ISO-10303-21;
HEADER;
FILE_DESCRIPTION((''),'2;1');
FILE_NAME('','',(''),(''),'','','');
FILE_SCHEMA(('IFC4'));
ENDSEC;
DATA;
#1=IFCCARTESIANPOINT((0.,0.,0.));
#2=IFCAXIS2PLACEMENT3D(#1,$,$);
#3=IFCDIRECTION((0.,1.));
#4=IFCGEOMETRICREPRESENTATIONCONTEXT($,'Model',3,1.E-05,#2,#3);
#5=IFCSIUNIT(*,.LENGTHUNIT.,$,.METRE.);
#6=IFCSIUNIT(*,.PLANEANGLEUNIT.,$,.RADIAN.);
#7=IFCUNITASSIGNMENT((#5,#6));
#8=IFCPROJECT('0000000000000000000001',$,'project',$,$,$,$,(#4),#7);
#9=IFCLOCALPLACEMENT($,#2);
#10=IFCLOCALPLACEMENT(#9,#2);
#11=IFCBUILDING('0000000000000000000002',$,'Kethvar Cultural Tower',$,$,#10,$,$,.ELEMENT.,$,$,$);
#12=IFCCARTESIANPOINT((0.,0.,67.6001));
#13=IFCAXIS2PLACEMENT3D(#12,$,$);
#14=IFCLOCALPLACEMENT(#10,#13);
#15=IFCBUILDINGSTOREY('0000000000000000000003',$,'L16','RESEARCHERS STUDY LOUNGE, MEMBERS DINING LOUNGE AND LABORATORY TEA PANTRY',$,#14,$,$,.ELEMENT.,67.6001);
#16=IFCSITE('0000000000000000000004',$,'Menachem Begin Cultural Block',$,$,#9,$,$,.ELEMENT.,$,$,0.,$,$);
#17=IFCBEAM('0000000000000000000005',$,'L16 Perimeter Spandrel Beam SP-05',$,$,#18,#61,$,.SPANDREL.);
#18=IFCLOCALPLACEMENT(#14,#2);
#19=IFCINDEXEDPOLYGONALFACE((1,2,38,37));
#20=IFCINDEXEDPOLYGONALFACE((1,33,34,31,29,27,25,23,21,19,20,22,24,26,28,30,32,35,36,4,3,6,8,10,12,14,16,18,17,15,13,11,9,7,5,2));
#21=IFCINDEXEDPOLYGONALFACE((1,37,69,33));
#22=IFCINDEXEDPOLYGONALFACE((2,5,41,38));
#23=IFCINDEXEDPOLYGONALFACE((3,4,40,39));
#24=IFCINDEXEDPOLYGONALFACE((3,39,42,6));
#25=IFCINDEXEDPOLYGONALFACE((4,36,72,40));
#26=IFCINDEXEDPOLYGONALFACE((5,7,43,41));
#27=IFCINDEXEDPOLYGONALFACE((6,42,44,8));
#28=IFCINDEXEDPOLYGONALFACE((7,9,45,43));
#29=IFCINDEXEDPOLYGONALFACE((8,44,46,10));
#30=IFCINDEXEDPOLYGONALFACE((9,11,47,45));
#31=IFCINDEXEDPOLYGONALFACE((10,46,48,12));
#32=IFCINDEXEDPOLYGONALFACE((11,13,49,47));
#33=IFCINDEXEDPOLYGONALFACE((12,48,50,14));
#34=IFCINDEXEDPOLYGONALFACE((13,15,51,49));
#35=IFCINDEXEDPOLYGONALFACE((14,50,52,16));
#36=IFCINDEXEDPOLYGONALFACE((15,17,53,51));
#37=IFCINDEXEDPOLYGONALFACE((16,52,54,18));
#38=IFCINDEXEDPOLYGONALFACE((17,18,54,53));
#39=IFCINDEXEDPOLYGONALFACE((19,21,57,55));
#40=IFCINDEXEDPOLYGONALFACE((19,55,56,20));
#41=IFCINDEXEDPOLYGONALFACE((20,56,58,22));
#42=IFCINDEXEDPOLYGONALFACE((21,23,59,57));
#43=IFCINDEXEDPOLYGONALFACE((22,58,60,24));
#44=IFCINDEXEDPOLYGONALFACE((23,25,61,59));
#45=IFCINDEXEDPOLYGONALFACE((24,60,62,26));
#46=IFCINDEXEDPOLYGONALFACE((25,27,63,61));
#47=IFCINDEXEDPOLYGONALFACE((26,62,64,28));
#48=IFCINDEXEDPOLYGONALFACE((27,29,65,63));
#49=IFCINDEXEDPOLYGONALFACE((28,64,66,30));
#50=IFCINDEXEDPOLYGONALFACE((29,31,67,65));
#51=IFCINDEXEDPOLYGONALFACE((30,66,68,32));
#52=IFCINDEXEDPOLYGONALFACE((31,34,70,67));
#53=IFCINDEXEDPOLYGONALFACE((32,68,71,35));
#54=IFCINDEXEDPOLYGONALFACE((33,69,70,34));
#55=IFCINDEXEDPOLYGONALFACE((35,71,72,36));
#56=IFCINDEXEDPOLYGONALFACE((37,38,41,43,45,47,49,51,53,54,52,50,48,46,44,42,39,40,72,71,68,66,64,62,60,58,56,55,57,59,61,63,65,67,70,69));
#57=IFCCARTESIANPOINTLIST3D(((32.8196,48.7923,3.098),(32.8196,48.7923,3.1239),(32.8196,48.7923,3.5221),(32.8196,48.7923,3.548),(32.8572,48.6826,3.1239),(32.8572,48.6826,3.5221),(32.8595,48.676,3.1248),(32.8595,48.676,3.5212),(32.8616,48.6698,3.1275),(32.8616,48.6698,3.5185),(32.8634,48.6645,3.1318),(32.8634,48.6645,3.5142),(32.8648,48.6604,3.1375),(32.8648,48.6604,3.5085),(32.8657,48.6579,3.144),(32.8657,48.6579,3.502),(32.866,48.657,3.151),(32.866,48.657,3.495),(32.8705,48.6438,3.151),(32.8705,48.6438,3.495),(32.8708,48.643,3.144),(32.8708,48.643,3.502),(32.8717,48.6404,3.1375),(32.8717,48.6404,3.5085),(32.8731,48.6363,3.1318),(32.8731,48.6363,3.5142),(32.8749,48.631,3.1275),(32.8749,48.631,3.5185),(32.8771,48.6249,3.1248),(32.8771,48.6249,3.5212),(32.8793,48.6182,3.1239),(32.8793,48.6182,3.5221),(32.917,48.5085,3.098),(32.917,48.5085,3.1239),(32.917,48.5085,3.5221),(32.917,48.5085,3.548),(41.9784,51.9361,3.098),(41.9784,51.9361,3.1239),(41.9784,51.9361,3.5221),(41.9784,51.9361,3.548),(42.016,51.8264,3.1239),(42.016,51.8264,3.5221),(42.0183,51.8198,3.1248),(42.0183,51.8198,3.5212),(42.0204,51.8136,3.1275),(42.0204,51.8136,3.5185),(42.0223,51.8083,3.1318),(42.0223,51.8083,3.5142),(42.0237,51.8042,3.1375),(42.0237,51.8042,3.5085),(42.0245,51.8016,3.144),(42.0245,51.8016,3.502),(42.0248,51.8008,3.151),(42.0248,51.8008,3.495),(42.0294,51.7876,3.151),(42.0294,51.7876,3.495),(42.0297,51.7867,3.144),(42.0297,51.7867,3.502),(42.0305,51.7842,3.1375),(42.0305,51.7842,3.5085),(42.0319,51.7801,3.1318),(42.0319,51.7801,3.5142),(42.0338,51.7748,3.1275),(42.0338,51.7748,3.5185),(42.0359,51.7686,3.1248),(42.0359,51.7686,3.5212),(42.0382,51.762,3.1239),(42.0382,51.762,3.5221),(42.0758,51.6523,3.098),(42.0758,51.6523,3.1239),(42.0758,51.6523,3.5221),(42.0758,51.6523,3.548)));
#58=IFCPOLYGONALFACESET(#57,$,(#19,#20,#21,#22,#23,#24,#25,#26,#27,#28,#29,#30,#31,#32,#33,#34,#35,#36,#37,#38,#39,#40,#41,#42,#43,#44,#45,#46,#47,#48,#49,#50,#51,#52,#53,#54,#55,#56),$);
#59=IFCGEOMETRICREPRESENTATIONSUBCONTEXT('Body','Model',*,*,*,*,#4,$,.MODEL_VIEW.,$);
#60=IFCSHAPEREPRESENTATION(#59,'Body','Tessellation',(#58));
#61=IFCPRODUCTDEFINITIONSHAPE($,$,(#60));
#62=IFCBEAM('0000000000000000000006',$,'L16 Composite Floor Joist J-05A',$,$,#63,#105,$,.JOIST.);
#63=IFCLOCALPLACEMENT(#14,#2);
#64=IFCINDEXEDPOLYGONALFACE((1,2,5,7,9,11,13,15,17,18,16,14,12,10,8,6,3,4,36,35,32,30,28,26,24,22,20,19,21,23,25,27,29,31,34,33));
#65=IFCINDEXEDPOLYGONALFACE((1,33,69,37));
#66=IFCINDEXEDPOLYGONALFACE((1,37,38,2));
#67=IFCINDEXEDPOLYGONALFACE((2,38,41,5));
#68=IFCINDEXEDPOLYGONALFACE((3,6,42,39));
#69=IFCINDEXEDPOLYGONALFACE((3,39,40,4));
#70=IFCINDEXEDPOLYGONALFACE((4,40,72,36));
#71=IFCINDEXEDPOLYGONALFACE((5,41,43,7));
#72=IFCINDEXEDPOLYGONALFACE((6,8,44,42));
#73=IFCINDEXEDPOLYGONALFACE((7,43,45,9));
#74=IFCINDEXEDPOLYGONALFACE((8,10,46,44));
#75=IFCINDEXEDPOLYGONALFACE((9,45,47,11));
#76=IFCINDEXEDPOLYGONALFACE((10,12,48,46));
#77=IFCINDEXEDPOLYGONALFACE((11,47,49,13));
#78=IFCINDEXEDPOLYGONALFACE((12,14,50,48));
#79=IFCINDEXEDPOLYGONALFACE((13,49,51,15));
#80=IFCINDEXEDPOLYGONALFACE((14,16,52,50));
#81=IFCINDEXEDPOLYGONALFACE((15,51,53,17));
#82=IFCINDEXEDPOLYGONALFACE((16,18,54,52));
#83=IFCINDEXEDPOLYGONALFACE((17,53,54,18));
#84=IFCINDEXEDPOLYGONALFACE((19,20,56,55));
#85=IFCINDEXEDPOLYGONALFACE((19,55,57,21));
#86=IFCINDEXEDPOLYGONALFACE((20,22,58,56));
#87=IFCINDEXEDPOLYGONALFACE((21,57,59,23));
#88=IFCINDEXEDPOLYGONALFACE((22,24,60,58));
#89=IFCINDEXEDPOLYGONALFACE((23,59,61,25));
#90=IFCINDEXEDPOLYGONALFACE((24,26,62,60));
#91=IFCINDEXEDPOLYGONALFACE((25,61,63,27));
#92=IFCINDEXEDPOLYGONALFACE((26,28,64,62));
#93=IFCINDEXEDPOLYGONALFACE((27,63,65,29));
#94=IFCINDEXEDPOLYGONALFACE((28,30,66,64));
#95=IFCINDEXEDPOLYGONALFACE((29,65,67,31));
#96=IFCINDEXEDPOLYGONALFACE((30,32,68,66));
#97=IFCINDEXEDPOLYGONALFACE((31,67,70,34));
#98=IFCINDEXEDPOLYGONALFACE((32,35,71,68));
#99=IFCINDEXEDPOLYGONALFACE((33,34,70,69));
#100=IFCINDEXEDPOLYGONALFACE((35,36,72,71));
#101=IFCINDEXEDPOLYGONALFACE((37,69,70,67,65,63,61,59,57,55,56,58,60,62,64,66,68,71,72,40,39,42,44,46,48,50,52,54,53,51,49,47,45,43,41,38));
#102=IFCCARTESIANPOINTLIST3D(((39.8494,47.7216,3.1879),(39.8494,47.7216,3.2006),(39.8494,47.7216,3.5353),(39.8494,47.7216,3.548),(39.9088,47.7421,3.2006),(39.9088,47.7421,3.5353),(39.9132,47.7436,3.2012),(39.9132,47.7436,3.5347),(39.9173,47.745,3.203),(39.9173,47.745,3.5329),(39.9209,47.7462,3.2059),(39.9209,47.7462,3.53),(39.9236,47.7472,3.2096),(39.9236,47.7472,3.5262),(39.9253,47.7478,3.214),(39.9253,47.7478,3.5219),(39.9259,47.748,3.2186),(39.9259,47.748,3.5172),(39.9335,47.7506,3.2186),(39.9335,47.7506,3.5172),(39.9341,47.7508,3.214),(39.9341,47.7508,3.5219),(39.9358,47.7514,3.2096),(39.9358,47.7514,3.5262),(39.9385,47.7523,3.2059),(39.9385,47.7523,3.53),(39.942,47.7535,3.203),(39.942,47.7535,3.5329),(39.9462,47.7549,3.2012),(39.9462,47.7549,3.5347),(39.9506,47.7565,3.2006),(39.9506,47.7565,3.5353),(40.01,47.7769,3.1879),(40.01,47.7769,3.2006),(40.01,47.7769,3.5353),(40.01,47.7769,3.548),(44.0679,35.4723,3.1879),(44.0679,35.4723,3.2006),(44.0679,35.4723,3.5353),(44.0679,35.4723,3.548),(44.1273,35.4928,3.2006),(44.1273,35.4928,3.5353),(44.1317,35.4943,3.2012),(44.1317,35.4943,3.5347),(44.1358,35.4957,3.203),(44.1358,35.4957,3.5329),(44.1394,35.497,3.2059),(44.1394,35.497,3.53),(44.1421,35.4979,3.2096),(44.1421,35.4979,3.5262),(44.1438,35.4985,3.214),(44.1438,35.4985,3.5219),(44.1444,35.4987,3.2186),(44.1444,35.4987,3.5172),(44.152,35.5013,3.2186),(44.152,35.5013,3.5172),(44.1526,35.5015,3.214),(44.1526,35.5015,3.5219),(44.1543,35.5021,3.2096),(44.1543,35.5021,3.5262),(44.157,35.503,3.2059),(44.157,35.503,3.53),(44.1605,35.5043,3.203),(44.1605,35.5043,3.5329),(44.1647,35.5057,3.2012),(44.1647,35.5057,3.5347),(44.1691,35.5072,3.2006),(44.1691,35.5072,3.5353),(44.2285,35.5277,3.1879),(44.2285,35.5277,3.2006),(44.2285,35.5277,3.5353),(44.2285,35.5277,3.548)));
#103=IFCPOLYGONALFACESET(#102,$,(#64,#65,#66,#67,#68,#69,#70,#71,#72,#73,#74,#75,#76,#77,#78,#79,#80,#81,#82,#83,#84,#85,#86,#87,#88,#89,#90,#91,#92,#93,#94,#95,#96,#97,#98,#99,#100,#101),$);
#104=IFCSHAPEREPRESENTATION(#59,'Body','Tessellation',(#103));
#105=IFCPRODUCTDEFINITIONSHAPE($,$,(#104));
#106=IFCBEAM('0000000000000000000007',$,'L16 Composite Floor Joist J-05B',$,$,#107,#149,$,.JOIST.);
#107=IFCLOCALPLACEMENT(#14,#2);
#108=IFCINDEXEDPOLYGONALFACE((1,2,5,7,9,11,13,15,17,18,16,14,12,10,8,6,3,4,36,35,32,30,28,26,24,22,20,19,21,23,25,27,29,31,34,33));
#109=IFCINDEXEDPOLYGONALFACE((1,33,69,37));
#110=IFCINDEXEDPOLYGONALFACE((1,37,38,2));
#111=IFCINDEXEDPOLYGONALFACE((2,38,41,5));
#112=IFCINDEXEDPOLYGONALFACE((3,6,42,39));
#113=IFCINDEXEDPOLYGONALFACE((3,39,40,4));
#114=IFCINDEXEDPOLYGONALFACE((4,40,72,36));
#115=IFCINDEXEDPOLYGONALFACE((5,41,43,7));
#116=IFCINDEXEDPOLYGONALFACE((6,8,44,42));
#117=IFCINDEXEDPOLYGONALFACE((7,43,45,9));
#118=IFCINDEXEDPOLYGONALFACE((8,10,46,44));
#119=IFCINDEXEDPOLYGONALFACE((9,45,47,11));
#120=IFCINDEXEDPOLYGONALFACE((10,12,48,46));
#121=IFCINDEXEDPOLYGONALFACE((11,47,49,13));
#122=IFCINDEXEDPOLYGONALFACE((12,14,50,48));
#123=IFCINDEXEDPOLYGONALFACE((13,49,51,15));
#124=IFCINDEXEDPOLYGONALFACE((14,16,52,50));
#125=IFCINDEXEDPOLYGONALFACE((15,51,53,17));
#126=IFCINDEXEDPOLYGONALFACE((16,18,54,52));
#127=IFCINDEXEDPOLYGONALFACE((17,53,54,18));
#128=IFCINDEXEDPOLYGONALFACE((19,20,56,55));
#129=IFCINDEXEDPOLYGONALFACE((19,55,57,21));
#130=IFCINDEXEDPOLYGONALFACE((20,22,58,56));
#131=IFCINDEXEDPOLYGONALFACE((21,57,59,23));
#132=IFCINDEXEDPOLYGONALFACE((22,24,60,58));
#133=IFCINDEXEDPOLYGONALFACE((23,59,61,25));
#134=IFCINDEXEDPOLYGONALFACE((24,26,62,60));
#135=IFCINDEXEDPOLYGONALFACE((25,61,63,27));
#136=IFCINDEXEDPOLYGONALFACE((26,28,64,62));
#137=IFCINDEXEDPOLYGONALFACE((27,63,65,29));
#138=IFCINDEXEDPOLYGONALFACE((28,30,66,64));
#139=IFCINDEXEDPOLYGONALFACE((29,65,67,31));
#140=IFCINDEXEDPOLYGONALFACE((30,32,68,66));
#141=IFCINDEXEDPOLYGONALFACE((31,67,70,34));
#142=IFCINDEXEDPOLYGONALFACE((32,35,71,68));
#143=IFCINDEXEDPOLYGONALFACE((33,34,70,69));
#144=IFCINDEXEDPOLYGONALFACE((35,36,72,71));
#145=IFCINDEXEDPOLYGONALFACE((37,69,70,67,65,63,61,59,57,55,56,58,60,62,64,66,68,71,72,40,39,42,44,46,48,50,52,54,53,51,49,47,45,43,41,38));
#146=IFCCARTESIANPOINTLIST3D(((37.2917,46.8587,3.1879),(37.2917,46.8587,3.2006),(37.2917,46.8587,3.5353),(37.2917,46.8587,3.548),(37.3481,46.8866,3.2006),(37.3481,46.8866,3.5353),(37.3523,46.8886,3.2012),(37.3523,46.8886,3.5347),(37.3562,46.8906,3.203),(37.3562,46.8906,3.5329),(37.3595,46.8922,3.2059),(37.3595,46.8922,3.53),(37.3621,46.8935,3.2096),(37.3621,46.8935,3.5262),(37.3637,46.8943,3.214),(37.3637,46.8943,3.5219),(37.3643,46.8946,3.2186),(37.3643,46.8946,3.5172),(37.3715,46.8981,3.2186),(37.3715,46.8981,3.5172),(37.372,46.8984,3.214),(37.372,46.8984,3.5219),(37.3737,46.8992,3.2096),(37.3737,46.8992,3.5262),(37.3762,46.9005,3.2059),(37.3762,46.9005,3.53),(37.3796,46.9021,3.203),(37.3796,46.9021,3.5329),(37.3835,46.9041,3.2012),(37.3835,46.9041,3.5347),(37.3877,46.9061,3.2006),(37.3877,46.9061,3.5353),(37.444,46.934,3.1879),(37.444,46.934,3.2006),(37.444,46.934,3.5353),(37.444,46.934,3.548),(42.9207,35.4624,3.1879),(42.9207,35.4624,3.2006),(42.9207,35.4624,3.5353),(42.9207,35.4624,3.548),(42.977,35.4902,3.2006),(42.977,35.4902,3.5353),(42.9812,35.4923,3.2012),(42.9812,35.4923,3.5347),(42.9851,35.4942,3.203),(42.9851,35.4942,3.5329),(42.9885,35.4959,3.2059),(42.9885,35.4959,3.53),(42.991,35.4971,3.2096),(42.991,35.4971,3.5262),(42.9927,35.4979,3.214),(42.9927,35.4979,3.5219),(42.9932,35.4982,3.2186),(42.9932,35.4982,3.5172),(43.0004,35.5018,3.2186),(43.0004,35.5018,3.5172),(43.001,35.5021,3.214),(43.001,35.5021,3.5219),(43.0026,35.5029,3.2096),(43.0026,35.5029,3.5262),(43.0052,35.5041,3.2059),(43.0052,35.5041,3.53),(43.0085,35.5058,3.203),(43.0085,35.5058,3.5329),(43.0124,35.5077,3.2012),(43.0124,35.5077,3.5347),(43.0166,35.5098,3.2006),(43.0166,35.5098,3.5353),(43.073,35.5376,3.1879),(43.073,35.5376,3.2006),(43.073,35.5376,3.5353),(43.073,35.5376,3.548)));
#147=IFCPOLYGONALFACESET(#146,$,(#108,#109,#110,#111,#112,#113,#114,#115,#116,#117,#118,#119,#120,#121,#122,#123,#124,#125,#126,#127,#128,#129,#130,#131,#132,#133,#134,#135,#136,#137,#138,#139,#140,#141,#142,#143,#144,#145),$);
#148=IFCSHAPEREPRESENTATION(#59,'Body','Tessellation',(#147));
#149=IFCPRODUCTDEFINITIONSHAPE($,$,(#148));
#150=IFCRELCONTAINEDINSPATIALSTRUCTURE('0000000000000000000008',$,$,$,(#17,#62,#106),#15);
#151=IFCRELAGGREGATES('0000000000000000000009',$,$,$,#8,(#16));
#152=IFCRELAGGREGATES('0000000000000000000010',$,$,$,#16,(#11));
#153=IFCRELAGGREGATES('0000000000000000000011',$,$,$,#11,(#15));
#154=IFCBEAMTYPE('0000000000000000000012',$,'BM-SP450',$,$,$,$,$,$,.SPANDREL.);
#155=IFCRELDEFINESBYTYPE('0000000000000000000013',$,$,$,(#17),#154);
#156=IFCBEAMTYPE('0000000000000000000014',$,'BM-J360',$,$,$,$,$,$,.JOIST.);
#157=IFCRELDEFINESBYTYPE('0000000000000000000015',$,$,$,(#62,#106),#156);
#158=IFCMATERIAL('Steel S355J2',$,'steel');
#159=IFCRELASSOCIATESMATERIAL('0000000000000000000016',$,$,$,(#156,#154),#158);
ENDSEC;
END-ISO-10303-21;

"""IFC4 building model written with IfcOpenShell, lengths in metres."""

from ifc_helpers import new_model, si_unit, direction, frame, origin, origin_2d, place, context, subcontext, project, spatial, i_section, extrude, source, transform, mapped, material, material_profile, profile_set, type_object, element, save


model = new_model("IFC4")

# Units and contexts
model_context = context("Model", 3, precision=1e-05, world=origin(), true_north=direction((0.0, 1.0)))
body_context = subcontext(model_context, "Body", "Model", "MODEL_VIEW")
ifc_project = project(units=[si_unit("LENGTHUNIT", "METRE"), si_unit("PLANEANGLEUNIT", "RADIAN")], contexts=[model_context])

# Site, building, storey
site_placement = place(None, origin())
site = spatial("IfcSite", under=ifc_project, at=site_placement, Name="Menachem Begin Cultural Block", CompositionType="ELEMENT", RefElevation=0.0)
building_placement = place(site_placement, origin())
building = spatial("IfcBuilding", under=site, at=building_placement, Name="Kethvar Cultural Tower", CompositionType="ELEMENT")
storey_placement = place(building_placement, frame((0.0, 0.0, 67.6001)))
storey = spatial("IfcBuildingStorey", under=building, at=storey_placement, Name="L16", Description="RESEARCHERS STUDY LOUNGE, MEMBERS DINING LOUNGE AND LABORATORY TEA PANTRY", CompositionType="ELEMENT", Elevation=67.6001)

# Beams
ifc_material_1 = material(Name="Steel S355J2", Category="steel")
ifc_material_profile_1 = material_profile(ifc_material_1, i_section(OverallWidth=0.1699, OverallDepth=0.3601, WebThickness=0.0081, FlangeThickness=0.0127, FilletRadius=0.0181, at=origin_2d()), Name="Steel S355J2 — IPE360")
ifc_profile_set_1 = profile_set([ifc_material_profile_1], Name="Steel S355J2 — IPE360")
beam_type_1 = type_object("IfcBeamType", Name="BM-J360", PredefinedType="JOIST", material=ifc_profile_set_1)
ifc_material_profile_2 = material_profile(ifc_material_1, i_section(OverallWidth=0.3, OverallDepth=0.45, WebThickness=0.0139, FlangeThickness=0.0259, FilletRadius=0.0271, at=origin_2d()), Name="Steel S355J2 — HEB450")
ifc_profile_set_2 = profile_set([ifc_material_profile_2], Name="Steel S355J2 — HEB450")
beam_type_2 = type_object("IfcBeamType", Name="BM-SP450", PredefinedType="SPANDREL", material=ifc_profile_set_2)
shared_shape_1 = source(origin(), body_context, "Body", "SweptSolid", [
    extrude(i_section(OverallWidth=0.3, OverallDepth=0.45, WebThickness=0.0139, FlangeThickness=0.0259, FilletRadius=0.0271, at=origin_2d()), origin(), (0.0, 0.0, 1.0), 9.6833),
])
beam_1_placement = place(storey_placement, frame((42.0271, 51.7942, 3.323), z_axis=(-0.945832, -0.324656, 0.0), x_axis=(0.324656, -0.945832, 0.0)))
element("IfcBeam", 1, at=beam_1_placement, inside=storey, type_object=beam_type_2, Name="L16 Perimeter Spandrel Beam SP-05", PredefinedType="SPANDREL", context=body_context, shape_type="MappedRepresentation", body=[
    mapped(shared_shape_1, transform((0.0, 0.0, 0.0), scale=1.0)),
])
shared_shape_2 = source(origin(), body_context, "Body", "SweptSolid", [
    extrude(i_section(OverallWidth=0.1699, OverallDepth=0.3601, WebThickness=0.0081, FlangeThickness=0.0127, FilletRadius=0.0181, at=origin_2d()), origin(), (0.0, 0.0, 1.0), 12.9553),
])
beam_2_placement = place(storey_placement, frame((44.1482, 35.5, 3.3679), z_axis=(-0.32562, 0.945501, 0.0), x_axis=(-0.945501, -0.32562, 0.0)))
element("IfcBeam", 2, at=beam_2_placement, inside=storey, type_object=beam_type_1, Name="L16 Composite Floor Joist J-05A", PredefinedType="JOIST", context=body_context, shape_type="MappedRepresentation", body=[
    mapped(shared_shape_2, transform((0.0, 0.0, 0.0), scale=1.0)),
])
shared_shape_3 = source(origin(), body_context, "Body", "SweptSolid", [
    extrude(i_section(OverallWidth=0.1699, OverallDepth=0.3601, WebThickness=0.0081, FlangeThickness=0.0127, FilletRadius=0.0181, at=origin_2d()), origin(), (0.0, 0.0, 1.0), 12.7107),
])
beam_3_placement = place(storey_placement, frame((42.9968, 35.5, 3.3679), z_axis=(-0.442852, 0.896595, 0.0), x_axis=(-0.896595, -0.442852, 0.0)))
element("IfcBeam", 3, at=beam_3_placement, inside=storey, type_object=beam_type_1, Name="L16 Composite Floor Joist J-05B", PredefinedType="JOIST", context=body_context, shape_type="MappedRepresentation", body=[
    mapped(shared_shape_3, transform((0.0, 0.0, 0.0), scale=1.0)),
])

save(model, "model.ifc")
